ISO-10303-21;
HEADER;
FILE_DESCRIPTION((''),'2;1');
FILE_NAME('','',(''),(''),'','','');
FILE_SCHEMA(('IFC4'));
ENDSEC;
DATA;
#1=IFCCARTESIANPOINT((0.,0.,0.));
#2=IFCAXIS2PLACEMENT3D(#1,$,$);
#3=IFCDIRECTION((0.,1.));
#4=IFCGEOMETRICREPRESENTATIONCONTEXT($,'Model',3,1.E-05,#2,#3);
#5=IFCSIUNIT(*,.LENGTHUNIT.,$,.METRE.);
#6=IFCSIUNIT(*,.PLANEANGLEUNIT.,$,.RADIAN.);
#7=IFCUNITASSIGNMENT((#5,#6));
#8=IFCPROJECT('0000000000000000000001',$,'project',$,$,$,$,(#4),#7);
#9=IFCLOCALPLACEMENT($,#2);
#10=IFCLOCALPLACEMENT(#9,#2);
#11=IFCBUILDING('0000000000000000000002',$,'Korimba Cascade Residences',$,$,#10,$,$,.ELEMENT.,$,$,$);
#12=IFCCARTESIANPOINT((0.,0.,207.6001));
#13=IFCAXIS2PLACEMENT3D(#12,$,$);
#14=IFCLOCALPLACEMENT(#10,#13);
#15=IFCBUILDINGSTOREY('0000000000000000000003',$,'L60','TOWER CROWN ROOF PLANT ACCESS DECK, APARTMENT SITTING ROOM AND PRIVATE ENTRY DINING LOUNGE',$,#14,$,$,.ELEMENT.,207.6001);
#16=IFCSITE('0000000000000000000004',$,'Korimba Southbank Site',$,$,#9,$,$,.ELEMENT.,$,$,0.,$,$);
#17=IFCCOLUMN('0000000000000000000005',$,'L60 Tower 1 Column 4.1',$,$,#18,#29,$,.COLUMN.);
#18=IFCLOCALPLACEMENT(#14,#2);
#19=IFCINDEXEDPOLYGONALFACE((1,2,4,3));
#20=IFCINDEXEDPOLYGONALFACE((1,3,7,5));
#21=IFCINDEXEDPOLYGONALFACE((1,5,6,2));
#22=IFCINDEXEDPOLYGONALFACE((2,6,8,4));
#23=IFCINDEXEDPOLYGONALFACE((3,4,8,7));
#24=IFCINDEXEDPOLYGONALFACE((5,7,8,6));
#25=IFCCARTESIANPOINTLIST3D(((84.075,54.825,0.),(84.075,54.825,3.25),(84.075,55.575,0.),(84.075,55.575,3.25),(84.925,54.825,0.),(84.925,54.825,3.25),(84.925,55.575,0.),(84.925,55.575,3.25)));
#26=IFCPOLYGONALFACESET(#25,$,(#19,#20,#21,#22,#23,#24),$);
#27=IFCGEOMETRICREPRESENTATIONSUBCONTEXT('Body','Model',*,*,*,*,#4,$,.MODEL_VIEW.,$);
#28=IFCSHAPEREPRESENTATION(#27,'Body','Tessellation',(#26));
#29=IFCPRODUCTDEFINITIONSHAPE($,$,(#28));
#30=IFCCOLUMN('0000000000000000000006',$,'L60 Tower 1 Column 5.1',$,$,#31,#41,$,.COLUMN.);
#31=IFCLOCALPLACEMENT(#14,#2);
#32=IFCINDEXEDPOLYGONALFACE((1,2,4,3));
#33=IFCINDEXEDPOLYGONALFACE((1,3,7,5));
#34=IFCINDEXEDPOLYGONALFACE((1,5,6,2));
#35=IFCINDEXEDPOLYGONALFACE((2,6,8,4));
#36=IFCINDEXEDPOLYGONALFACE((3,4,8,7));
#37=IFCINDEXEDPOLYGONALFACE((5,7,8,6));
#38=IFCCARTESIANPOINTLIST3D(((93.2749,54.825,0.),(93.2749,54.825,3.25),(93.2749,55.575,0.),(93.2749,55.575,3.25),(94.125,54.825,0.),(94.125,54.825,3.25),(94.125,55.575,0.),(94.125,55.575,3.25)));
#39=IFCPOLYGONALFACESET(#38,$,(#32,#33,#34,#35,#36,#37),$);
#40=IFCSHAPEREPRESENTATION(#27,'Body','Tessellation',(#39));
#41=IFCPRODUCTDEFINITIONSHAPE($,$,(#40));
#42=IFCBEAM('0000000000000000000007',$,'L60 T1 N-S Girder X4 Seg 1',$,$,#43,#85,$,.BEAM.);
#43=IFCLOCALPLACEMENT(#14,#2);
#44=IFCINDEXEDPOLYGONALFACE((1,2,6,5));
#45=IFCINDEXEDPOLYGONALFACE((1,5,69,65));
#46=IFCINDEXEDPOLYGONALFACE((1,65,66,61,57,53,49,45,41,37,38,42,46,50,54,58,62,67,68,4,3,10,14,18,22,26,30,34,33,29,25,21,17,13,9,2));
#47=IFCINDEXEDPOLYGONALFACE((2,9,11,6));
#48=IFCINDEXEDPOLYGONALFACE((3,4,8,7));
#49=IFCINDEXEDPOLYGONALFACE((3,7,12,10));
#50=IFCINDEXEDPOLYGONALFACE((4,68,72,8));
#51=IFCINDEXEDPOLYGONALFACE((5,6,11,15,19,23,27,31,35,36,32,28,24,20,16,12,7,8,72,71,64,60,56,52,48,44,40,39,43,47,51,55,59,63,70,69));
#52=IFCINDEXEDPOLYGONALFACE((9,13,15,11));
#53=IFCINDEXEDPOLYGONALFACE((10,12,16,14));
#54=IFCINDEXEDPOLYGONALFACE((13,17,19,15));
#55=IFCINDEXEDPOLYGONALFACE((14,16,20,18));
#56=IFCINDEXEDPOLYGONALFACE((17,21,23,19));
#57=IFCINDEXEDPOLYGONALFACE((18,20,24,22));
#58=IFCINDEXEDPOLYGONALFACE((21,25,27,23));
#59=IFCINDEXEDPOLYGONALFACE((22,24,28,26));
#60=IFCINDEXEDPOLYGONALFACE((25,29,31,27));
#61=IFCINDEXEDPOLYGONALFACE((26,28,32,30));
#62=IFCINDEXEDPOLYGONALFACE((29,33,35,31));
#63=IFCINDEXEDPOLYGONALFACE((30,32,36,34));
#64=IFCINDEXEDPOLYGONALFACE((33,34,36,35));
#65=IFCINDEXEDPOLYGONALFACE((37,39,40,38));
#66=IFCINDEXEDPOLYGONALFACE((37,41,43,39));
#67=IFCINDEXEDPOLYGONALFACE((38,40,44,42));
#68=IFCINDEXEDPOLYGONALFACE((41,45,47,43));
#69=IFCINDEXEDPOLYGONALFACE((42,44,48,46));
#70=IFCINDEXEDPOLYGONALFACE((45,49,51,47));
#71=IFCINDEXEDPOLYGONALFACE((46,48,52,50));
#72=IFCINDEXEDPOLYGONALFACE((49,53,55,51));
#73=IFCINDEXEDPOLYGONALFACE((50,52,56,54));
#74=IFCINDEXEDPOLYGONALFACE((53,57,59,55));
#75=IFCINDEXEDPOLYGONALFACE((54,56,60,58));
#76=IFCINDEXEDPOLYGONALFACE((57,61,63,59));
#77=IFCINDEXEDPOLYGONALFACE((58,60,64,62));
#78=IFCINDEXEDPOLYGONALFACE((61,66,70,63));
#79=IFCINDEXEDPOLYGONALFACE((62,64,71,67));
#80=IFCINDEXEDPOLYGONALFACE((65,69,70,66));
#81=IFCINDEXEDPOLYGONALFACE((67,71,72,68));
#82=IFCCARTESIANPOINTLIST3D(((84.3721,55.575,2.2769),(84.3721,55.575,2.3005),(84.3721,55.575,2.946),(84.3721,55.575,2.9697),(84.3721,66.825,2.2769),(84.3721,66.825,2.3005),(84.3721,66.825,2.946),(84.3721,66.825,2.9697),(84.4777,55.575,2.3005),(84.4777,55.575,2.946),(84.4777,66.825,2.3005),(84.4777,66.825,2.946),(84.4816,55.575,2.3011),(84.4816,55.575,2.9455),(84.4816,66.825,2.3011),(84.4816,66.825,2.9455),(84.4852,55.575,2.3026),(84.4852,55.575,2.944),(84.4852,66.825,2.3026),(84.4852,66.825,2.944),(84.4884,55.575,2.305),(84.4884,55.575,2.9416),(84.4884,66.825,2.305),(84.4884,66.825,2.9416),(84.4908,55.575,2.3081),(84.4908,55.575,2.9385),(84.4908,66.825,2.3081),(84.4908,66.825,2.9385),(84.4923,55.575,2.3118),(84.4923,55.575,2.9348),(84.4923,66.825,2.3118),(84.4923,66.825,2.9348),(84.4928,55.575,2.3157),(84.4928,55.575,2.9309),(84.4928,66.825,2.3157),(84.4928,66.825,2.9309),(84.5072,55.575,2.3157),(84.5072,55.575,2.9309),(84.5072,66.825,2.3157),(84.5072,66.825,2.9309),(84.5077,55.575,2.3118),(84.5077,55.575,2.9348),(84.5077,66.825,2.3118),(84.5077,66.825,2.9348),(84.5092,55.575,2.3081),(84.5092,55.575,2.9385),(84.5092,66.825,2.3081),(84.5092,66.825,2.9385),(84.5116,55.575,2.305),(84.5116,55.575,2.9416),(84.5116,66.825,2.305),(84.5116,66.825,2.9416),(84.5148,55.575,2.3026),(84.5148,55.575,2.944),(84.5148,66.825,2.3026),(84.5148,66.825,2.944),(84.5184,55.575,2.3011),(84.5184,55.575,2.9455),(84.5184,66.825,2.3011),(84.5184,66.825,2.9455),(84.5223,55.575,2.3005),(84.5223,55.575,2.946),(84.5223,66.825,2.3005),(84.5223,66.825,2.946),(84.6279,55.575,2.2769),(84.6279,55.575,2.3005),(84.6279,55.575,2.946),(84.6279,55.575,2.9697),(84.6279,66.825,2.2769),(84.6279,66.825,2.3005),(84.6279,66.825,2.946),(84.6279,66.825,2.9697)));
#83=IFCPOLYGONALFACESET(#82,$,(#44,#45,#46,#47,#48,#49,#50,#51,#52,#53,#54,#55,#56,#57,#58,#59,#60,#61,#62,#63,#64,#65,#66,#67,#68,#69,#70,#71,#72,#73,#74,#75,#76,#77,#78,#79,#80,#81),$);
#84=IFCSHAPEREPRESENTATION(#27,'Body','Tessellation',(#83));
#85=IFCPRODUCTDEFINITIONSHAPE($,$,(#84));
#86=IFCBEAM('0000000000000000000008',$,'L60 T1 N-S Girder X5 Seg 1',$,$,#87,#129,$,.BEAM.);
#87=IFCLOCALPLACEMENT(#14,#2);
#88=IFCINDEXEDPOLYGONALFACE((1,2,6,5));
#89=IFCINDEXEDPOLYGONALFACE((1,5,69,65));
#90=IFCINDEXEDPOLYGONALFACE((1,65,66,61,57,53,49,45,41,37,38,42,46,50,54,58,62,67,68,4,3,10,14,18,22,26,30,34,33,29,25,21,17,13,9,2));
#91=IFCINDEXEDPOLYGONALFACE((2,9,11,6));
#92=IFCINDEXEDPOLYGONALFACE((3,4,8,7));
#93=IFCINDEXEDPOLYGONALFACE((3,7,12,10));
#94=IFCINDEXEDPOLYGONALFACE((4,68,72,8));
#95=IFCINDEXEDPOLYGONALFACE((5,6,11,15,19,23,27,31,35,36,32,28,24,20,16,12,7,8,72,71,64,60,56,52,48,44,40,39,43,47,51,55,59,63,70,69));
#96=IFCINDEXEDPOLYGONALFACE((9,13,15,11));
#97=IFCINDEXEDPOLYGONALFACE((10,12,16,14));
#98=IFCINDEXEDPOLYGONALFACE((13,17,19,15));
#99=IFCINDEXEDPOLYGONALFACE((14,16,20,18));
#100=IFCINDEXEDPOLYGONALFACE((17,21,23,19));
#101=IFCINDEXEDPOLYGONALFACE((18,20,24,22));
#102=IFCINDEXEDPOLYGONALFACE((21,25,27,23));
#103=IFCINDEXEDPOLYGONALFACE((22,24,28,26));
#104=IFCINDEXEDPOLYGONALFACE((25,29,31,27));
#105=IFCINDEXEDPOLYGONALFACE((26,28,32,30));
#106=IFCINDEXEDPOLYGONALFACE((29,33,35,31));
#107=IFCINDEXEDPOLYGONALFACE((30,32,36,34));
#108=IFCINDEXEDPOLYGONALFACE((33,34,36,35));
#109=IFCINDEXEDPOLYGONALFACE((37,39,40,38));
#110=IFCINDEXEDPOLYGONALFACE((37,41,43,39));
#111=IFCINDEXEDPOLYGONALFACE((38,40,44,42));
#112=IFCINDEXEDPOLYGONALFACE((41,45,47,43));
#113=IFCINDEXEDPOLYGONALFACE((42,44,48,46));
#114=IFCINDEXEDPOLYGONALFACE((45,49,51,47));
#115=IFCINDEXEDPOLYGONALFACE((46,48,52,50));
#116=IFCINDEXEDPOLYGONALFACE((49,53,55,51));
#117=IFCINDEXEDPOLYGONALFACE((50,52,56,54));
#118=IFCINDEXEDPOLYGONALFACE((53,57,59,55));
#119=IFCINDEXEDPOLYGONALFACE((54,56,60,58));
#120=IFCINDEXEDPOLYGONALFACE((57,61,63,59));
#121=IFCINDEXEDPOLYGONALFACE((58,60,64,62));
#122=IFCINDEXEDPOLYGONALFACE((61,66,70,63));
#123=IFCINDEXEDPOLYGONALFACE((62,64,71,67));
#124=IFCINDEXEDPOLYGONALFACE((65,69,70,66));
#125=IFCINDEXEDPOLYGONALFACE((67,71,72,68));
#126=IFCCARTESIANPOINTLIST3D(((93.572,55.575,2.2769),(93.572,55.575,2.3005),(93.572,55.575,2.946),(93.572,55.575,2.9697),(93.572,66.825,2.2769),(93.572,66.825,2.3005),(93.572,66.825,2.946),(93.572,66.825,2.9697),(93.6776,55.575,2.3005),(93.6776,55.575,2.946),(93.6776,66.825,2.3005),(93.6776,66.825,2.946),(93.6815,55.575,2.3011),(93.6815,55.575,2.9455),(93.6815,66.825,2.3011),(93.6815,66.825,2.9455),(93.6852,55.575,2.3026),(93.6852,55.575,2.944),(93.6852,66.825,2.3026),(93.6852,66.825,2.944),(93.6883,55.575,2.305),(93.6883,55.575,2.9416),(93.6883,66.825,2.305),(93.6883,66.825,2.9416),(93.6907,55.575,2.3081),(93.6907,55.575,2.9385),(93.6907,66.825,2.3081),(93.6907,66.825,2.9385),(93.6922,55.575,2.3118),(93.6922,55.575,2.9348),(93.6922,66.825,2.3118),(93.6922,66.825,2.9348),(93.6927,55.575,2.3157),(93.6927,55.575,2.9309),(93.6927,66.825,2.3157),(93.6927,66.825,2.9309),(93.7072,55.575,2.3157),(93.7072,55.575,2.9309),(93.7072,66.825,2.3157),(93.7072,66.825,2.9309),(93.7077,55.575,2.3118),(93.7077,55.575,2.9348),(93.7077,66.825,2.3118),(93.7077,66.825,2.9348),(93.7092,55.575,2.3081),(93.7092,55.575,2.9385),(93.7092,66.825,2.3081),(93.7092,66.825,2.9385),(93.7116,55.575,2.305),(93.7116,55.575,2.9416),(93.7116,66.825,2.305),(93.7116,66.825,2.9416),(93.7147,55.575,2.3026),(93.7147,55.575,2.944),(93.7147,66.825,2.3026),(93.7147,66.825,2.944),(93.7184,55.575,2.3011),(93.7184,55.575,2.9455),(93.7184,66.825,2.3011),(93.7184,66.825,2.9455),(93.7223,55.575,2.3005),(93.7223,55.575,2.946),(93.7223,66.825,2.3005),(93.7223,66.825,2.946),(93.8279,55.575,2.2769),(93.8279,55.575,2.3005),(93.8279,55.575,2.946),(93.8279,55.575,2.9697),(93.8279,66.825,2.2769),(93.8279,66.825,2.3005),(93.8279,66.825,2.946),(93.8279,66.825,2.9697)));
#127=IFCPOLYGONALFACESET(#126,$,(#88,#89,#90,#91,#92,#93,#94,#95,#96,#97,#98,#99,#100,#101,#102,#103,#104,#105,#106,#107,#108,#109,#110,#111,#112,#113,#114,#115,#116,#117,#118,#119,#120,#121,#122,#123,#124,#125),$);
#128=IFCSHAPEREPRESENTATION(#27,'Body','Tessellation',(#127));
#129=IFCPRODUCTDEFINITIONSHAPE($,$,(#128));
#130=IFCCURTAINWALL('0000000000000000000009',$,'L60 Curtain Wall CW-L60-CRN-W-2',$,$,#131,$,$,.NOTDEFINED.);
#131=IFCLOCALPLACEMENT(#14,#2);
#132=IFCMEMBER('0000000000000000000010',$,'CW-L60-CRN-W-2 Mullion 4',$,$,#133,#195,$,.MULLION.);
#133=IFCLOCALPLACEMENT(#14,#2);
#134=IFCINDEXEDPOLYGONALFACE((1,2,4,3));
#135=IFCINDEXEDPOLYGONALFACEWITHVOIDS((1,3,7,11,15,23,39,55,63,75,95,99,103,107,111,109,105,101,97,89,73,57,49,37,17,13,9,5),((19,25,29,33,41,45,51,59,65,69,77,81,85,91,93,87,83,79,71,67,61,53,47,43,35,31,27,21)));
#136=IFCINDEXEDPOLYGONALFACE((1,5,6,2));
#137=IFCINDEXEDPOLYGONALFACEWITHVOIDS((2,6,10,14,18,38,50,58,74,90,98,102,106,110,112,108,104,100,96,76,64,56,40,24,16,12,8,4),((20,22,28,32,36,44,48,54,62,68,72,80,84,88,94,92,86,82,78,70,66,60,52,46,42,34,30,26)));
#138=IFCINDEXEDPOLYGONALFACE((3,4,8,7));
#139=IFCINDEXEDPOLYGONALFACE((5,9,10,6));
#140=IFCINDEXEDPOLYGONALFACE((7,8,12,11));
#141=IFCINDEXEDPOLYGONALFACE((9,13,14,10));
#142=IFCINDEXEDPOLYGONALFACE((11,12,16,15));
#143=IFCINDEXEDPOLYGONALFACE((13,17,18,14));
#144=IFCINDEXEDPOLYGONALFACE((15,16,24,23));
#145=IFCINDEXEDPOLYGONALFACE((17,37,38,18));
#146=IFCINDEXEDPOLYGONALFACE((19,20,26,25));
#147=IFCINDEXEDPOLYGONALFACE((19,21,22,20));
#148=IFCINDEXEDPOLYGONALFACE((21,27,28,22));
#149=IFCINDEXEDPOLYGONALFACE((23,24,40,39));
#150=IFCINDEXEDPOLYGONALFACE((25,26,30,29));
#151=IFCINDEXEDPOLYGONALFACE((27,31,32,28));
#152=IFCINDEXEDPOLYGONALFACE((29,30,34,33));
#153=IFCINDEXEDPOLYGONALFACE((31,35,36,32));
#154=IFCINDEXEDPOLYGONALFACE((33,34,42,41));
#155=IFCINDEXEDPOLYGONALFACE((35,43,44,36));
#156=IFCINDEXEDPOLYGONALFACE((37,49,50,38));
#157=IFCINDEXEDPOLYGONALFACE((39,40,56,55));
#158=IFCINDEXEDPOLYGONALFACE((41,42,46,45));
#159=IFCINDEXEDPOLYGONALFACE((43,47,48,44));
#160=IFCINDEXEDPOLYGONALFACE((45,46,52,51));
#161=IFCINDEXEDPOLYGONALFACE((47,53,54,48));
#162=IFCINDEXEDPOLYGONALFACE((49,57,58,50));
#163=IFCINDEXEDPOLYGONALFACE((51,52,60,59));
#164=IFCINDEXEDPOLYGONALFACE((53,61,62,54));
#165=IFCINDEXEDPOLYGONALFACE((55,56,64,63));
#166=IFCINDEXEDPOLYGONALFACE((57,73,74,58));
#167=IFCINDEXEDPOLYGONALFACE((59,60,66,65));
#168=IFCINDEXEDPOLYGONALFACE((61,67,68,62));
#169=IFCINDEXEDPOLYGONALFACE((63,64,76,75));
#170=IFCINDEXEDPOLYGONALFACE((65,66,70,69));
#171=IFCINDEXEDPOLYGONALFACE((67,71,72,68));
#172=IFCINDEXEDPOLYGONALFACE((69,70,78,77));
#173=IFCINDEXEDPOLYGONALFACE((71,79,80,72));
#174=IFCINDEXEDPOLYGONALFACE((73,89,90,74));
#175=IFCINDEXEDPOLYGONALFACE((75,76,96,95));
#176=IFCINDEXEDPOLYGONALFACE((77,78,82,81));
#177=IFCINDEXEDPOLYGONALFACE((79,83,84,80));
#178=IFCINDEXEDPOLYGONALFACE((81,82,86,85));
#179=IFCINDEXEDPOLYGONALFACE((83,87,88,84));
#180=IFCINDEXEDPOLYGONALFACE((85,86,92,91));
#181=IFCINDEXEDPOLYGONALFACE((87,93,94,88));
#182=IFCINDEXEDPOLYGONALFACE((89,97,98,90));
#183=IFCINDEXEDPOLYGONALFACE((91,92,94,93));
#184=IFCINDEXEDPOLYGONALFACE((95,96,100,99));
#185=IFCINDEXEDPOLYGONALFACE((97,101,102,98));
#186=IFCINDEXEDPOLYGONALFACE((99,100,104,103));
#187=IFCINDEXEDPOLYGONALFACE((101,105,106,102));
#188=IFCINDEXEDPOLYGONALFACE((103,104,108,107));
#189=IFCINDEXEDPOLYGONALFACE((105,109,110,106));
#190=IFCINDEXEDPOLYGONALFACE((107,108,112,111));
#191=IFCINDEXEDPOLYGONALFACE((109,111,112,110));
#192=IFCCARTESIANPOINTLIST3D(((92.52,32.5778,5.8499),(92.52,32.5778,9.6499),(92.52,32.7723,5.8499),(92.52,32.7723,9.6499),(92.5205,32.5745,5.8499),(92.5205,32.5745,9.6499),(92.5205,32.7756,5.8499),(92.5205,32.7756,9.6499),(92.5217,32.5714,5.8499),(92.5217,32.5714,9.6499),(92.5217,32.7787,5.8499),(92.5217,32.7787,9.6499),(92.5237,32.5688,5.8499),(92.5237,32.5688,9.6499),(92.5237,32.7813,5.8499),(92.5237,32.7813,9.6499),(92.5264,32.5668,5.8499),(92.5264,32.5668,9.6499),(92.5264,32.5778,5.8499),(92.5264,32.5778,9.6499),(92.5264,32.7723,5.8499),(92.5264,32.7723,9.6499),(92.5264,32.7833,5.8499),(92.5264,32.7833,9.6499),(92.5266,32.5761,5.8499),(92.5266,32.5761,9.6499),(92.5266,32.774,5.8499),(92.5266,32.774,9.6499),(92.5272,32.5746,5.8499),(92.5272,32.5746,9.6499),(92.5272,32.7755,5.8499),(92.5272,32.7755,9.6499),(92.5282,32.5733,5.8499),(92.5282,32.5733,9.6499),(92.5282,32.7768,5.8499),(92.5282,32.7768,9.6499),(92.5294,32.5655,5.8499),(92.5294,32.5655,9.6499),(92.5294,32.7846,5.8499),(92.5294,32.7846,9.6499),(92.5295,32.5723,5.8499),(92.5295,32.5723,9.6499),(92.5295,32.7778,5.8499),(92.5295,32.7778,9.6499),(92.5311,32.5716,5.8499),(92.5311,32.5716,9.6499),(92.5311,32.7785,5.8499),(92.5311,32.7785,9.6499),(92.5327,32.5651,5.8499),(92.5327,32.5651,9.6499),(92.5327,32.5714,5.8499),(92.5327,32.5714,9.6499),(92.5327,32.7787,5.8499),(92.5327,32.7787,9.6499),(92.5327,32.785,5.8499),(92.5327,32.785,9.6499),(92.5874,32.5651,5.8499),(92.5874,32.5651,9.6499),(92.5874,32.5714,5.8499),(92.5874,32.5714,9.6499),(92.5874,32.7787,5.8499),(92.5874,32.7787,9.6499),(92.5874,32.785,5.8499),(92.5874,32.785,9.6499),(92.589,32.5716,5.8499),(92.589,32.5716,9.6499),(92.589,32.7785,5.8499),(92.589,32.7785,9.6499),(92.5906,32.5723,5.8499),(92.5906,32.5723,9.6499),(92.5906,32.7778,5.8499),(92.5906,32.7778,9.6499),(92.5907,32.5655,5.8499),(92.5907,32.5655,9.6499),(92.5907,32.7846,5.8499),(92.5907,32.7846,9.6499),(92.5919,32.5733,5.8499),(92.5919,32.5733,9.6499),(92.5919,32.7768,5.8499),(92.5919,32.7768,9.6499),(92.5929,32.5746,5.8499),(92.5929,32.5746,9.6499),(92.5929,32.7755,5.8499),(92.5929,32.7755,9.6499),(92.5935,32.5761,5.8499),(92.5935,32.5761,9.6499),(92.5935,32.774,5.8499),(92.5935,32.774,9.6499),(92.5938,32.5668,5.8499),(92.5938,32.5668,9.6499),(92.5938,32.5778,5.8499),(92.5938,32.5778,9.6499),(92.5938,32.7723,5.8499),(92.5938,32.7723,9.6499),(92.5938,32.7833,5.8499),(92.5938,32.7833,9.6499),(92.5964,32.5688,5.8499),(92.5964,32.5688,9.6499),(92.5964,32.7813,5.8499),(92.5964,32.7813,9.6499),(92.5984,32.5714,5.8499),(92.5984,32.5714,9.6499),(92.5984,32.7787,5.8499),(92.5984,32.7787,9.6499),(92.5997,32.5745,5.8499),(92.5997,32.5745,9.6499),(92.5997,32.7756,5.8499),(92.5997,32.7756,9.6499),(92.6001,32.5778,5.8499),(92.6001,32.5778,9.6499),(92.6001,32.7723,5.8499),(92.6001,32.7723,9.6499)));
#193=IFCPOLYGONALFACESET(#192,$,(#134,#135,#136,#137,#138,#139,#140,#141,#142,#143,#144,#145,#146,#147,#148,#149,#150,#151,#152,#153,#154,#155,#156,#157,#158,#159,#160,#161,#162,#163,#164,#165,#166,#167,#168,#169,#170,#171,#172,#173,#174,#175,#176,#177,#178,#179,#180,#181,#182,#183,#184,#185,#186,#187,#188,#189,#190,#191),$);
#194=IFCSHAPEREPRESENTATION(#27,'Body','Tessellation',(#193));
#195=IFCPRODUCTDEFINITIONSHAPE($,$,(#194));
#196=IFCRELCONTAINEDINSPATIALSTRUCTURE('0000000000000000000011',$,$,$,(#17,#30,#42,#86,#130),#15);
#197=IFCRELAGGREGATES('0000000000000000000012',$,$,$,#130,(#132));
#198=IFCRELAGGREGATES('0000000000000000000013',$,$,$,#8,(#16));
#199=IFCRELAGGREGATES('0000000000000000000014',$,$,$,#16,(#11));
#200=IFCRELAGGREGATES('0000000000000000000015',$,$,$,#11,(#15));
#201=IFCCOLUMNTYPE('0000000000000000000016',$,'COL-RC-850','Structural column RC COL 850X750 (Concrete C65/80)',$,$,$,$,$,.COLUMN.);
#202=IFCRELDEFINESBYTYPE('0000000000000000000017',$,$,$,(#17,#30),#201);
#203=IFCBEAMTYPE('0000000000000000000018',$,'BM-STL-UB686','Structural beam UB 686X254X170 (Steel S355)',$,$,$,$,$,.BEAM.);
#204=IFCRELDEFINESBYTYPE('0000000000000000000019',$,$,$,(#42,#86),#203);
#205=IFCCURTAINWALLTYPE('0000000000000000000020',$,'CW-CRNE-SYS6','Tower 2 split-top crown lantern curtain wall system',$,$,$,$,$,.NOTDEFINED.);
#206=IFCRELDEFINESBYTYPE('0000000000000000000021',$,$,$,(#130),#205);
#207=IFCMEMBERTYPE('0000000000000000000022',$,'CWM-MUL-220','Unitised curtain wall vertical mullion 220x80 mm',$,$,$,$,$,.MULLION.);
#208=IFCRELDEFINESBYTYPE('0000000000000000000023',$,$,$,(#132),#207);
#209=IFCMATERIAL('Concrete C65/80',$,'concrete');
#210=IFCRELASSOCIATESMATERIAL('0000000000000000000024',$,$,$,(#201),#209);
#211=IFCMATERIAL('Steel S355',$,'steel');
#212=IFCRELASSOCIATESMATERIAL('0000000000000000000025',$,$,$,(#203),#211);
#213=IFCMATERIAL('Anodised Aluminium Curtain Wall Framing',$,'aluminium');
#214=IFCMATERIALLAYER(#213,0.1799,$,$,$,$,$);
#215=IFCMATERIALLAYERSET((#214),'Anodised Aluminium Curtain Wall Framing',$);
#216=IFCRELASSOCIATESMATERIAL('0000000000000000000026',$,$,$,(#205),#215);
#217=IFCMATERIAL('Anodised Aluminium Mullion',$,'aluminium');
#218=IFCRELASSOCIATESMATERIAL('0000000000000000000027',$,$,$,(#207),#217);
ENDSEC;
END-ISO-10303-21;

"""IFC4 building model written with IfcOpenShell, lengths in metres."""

from ifc_helpers import new_model, si_unit, direction, frame, origin, origin_2d, place, context, subcontext, project, spatial, rectangle, hollow_rectangle, i_section, extrude, material, layer, layer_set, material_profile, profile_set, type_object, element, aggregate, save


model = new_model("IFC4")

# Units and contexts
model_context = context("Model", 3, precision=1e-05, world=origin(), true_north=direction((0.0, 1.0)))
body_context = subcontext(model_context, "Body", "Model", "MODEL_VIEW")
ifc_project = project(units=[si_unit("LENGTHUNIT", "METRE"), si_unit("PLANEANGLEUNIT", "RADIAN")], contexts=[model_context])

# Site, building, storey
site_placement = place(None, origin())
site = spatial("IfcSite", under=ifc_project, at=site_placement, Name="Korimba Southbank Site", CompositionType="ELEMENT", RefElevation=0.0)
building_placement = place(site_placement, origin())
building = spatial("IfcBuilding", under=site, at=building_placement, Name="Korimba Cascade Residences", CompositionType="ELEMENT")
storey_placement = place(building_placement, frame((0.0, 0.0, 207.6001)))
storey = spatial("IfcBuildingStorey", under=building, at=storey_placement, Name="L60", Description="TOWER CROWN ROOF PLANT ACCESS DECK, APARTMENT SITTING ROOM AND PRIVATE ENTRY DINING LOUNGE", CompositionType="ELEMENT", Elevation=207.6001)

# Columns
ifc_material_1 = material(Name="Concrete C65/80", Category="concrete")
ifc_material_profile_1 = material_profile(ifc_material_1, rectangle(XDim=0.8501, YDim=0.75, at=origin_2d()), Name="Concrete C65/80")
ifc_profile_set_1 = profile_set([ifc_material_profile_1], Name="Concrete C65/80")
column_type = type_object("IfcColumnType", Name="COL-RC-850", Description="Structural column RC COL 850X750 (Concrete C65/80)", PredefinedType="COLUMN", material=ifc_profile_set_1)
for number, where, z_axis, x_axis, name in (
    (1, (84.5, 55.2, 0.0), (0.0, 0.0, 1.0), (1.0, 0.0, 0.0), "L60 Tower 1 Column 4.1"),
    (2, (93.7, 55.2, 0.0), (0.0, 0.0, 1.0), (1.0, 0.0, 0.0), "L60 Tower 1 Column 5.1"),
):
    element("IfcColumn", number, at=place(storey_placement, frame(where, z_axis=z_axis, x_axis=x_axis)), inside=storey, type_object=column_type, Name=name, PredefinedType="COLUMN", context=body_context, shape_type="SweptSolid", body=[
        extrude(rectangle(XDim=0.8501, YDim=0.75, at=origin_2d()), origin(), (0.0, 0.0, 1.0), 3.25),
    ])

# Beams
ifc_material_2 = material(Name="Steel S355", Category="steel")
ifc_material_profile_2 = material_profile(ifc_material_2, i_section(OverallWidth=0.2559, OverallDepth=0.6929, WebThickness=0.0144, FlangeThickness=0.0237, FilletRadius=0.0151, at=origin_2d()), Name="Steel S355")
ifc_profile_set_2 = profile_set([ifc_material_profile_2], Name="Steel S355")
beam_type = type_object("IfcBeamType", Name="BM-STL-UB686", Description="Structural beam UB 686X254X170 (Steel S355)", PredefinedType="BEAM", material=ifc_profile_set_2)
for number, where, z_axis, x_axis, name in (
    (3, (84.5, 55.575, 2.6233), (0.0, 1.0, 0.0), (-1.0, 0.0, 0.0), "L60 T1 N-S Girder X4 Seg 1"),
    (4, (93.7, 55.575, 2.6233), (0.0, 1.0, 0.0), (-1.0, 0.0, 0.0), "L60 T1 N-S Girder X5 Seg 1"),
):
    element("IfcBeam", number, at=place(storey_placement, frame(where, z_axis=z_axis, x_axis=x_axis)), inside=storey, type_object=beam_type, Name=name, PredefinedType="BEAM", context=body_context, shape_type="SweptSolid", body=[
        extrude(i_section(OverallWidth=0.2559, OverallDepth=0.6929, WebThickness=0.0144, FlangeThickness=0.0237, FilletRadius=0.0151, at=origin_2d()), origin(), (0.0, 0.0, 1.0), 11.25),
    ])

# Curtain wall, member
ifc_material_3 = material(Name="Anodised Aluminium Curtain Wall Framing", Category="aluminium")
ifc_layer_1 = layer(ifc_material_3, 0.1799)
ifc_layer_set_1 = layer_set([ifc_layer_1], Name="Anodised Aluminium Curtain Wall Framing")
curtain_wall_type = type_object("IfcCurtainWallType", Name="CW-CRNE-SYS6", Description="Tower 2 split-top crown lantern curtain wall system", PredefinedType="NOTDEFINED", material=ifc_layer_set_1)
curtain_wall_placement = place(storey_placement, origin())
curtain_wall = element("IfcCurtainWall", 5, at=curtain_wall_placement, inside=storey, type_object=curtain_wall_type, Name="L60 Curtain Wall CW-L60-CRN-W-2", PredefinedType="NOTDEFINED")
ifc_material_4 = material(Name="Anodised Aluminium Mullion", Category="aluminium")
ifc_material_profile_3 = material_profile(ifc_material_4, hollow_rectangle(XDim=0.0801, YDim=0.22, WallThickness=0.0063, InnerFilletRadius=0.0063, OuterFilletRadius=0.0127, at=origin_2d()), Name="Anodised Aluminium Mullion")
ifc_profile_set_3 = profile_set([ifc_material_profile_3], Name="Anodised Aluminium Mullion")
member_type = type_object("IfcMemberType", Name="CWM-MUL-220", Description="Unitised curtain wall vertical mullion 220x80 mm", PredefinedType="MULLION", material=ifc_profile_set_3)
member_placement = place(storey_placement, frame((92.5601, 32.675, 5.8499), z_axis=(0.0, 0.0, 1.0), x_axis=(1.0, 0.0, 0.0)))
member = element("IfcMember", 6, at=member_placement, type_object=member_type, Name="CW-L60-CRN-W-2 Mullion 4", PredefinedType="MULLION", context=body_context, shape_type="SweptSolid", body=[
    extrude(hollow_rectangle(XDim=0.0801, YDim=0.22, WallThickness=0.0063, InnerFilletRadius=0.0063, OuterFilletRadius=0.0127, at=origin_2d()), origin(), (0.0, 0.0, 1.0), 3.8),
])
aggregate(curtain_wall, [member])

save(model, "model.ifc")
